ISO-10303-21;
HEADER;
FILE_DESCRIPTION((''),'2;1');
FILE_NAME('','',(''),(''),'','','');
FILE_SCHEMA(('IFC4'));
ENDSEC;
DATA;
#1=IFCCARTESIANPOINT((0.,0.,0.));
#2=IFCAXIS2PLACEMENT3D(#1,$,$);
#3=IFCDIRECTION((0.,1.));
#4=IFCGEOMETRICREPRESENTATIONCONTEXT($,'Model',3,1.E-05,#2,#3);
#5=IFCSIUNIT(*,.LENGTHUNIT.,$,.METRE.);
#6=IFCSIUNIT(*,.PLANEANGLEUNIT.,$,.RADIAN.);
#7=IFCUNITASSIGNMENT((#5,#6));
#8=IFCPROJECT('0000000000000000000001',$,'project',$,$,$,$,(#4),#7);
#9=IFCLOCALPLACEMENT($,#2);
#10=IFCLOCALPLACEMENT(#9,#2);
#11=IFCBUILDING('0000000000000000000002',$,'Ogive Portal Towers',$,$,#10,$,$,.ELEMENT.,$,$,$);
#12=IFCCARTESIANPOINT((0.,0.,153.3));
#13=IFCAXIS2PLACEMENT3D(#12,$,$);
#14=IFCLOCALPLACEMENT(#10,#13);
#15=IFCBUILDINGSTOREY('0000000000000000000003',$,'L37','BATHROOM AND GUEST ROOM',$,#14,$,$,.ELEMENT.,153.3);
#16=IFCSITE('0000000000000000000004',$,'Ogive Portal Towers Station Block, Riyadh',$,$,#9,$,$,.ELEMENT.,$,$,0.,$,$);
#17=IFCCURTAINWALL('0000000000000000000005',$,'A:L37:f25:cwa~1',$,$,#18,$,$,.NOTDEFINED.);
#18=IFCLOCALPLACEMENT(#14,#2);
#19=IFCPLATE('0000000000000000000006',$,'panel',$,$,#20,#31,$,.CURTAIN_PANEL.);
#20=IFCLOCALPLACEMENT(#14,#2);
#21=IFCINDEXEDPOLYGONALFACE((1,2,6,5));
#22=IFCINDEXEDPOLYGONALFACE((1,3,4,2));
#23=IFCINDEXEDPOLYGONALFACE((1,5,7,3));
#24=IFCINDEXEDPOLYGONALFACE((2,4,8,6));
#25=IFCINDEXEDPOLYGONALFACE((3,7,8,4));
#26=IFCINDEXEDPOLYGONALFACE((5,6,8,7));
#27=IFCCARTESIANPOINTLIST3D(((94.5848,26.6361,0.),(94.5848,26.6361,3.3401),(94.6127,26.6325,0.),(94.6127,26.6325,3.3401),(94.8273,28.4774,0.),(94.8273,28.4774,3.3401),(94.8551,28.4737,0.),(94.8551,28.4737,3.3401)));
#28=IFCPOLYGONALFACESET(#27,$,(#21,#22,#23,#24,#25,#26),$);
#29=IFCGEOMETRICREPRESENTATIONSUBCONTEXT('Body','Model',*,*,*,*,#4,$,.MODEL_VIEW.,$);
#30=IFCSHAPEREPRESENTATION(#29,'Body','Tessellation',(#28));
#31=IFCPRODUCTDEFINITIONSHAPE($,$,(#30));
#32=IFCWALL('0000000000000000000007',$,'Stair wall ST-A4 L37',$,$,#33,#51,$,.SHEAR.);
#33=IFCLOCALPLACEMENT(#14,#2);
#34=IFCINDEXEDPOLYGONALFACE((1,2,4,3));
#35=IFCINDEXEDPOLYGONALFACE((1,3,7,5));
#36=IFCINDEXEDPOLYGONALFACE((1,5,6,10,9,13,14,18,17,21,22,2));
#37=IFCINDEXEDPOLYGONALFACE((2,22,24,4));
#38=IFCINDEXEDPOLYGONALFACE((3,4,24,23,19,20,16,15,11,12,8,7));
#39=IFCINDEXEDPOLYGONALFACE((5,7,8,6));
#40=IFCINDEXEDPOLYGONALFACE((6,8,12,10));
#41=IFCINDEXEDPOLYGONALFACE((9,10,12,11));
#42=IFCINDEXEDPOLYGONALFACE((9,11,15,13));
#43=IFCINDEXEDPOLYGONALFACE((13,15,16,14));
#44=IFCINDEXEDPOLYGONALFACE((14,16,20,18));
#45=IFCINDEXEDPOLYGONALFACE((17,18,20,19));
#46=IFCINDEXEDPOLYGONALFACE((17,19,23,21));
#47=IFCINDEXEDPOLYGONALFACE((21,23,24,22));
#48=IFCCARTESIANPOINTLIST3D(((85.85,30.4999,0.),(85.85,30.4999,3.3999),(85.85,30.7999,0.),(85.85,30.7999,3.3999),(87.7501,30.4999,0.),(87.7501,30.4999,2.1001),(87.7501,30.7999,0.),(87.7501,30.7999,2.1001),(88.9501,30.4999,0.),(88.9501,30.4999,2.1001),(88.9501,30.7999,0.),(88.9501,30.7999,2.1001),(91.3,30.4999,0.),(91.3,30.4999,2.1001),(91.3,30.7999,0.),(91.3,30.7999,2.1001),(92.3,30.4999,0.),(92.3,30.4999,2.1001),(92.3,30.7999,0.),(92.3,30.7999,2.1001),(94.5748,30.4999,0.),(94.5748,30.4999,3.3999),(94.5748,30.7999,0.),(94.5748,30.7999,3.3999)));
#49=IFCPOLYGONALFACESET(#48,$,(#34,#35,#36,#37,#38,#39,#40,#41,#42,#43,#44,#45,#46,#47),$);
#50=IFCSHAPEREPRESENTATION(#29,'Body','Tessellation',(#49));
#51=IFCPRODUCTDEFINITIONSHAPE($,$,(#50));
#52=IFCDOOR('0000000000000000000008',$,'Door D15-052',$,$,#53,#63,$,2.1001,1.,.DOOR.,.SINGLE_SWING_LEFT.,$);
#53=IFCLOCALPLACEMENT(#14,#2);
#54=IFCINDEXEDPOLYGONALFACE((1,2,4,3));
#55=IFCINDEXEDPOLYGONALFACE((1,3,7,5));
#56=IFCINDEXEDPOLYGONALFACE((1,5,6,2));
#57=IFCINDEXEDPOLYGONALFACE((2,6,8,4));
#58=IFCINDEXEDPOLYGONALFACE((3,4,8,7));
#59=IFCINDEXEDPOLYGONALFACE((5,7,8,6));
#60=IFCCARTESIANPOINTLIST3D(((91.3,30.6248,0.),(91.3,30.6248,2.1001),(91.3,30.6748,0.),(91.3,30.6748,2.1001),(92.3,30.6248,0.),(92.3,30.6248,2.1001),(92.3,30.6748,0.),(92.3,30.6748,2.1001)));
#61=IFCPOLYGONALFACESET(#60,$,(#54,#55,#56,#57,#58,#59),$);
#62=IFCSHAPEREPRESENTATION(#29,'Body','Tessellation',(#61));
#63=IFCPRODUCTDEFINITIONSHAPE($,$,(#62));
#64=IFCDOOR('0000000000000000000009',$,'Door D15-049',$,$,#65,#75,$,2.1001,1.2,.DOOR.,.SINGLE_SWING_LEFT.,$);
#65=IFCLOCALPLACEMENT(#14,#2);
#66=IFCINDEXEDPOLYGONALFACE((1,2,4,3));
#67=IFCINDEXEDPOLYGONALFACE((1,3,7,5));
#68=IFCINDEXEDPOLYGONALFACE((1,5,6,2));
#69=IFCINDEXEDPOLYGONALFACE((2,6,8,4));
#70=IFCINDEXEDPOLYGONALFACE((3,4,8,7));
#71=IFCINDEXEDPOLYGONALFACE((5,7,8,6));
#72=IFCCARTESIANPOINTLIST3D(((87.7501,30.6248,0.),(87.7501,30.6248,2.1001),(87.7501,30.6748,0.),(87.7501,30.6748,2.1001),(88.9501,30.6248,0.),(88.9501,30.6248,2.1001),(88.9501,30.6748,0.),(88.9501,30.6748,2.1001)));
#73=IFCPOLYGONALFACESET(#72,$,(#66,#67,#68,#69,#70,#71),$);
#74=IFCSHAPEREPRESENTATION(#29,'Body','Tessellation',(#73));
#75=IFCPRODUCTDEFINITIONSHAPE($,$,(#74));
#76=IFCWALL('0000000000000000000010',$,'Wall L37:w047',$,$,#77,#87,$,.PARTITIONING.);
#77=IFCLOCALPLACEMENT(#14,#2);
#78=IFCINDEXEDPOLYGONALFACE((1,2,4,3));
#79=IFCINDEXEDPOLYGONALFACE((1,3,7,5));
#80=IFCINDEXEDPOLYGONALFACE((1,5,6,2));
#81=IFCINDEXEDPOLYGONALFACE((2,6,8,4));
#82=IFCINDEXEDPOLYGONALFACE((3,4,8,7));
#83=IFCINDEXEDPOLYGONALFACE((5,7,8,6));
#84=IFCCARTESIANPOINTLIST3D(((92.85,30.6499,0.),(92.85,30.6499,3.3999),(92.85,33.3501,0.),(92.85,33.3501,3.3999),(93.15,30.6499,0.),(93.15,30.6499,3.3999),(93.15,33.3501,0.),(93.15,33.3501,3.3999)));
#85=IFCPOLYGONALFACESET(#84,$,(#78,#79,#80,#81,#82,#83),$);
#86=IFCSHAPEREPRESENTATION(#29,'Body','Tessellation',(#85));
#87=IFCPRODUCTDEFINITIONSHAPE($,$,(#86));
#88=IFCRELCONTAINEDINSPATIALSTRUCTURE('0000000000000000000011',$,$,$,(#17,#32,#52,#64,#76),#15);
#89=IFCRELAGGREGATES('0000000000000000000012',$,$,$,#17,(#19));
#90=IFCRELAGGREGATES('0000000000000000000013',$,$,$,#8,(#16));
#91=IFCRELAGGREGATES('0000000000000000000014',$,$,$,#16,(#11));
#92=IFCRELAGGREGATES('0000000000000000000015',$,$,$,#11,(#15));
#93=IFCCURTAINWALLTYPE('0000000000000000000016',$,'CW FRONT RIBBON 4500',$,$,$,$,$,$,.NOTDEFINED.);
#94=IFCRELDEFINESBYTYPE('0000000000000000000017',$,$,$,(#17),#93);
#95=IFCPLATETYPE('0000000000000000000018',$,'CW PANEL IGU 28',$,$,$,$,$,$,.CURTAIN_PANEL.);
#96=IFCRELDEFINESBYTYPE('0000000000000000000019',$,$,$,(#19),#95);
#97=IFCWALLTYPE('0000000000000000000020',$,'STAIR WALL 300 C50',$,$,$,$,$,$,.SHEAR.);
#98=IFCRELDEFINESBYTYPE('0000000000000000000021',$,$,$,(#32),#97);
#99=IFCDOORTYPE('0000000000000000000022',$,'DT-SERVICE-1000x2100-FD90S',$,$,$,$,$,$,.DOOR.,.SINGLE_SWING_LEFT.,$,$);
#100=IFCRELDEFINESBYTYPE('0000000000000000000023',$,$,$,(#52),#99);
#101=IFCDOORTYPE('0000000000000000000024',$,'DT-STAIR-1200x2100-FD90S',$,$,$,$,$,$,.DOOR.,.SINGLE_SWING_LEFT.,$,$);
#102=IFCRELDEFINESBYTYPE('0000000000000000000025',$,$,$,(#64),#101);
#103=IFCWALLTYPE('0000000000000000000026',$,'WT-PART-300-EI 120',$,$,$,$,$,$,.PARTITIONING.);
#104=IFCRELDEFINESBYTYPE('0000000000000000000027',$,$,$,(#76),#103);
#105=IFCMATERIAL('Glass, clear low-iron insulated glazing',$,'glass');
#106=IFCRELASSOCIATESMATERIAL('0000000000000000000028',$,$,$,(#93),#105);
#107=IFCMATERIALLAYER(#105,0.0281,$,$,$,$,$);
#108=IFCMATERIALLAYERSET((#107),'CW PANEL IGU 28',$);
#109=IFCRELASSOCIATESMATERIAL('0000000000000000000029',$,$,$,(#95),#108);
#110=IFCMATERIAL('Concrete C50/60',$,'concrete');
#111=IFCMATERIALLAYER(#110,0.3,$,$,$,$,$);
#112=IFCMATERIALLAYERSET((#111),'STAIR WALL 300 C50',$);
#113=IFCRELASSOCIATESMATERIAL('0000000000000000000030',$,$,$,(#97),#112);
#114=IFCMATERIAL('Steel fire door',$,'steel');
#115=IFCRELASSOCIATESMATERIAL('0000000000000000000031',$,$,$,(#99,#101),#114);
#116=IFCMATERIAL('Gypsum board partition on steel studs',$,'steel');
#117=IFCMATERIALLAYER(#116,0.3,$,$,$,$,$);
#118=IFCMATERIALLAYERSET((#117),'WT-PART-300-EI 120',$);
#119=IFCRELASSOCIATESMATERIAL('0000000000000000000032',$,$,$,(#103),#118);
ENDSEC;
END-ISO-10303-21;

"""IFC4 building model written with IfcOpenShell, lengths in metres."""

from ifc_helpers import new_model, si_unit, direction, frame, frame_2d, origin, origin_2d, place, context, subcontext, project, spatial, rectangle, extrude, material, layer, layer_set, type_object, element, fill, aggregate, save


model = new_model("IFC4")

# Units and contexts
model_context = context("Model", 3, precision=1e-05, world=origin(), true_north=direction((0.0, 1.0)))
body_context = subcontext(model_context, "Body", "Model", "MODEL_VIEW")
ifc_project = project(units=[si_unit("LENGTHUNIT", "METRE"), si_unit("PLANEANGLEUNIT", "RADIAN")], contexts=[model_context])

# Site, building, storey
site_placement = place(None, origin())
site = spatial("IfcSite", under=ifc_project, at=site_placement, Name="Ogive Portal Towers Station Block, Riyadh", CompositionType="ELEMENT", RefElevation=0.0)
building_placement = place(site_placement, origin())
building = spatial("IfcBuilding", under=site, at=building_placement, Name="Ogive Portal Towers", CompositionType="ELEMENT")
storey_placement = place(building_placement, frame((0.0, 0.0, 153.3)))
storey = spatial("IfcBuildingStorey", under=building, at=storey_placement, Name="L37", Description="BATHROOM AND GUEST ROOM", CompositionType="ELEMENT", Elevation=153.3)

# Shared definitions
ifc_material_1 = material(Name="Glass, clear low-iron insulated glazing", Category="glass")

# Shared definitions
curtain_wall_type_1 = type_object("IfcCurtainWallType", Name="CW FRONT RIBBON 4500", PredefinedType="NOTDEFINED", material=ifc_material_1)

# Shared definitions
ifc_layer_1 = layer(ifc_material_1, 0.0281)
ifc_layer_set_1 = layer_set([ifc_layer_1], Name="CW PANEL IGU 28")
plate_type = type_object("IfcPlateType", Name="CW PANEL IGU 28", PredefinedType="CURTAIN_PANEL", material=ifc_layer_set_1)

# Curtain wall, plate
curtain_wall_1_placement = place(storey_placement, origin())
curtain_wall_1 = element("IfcCurtainWall", 1, at=curtain_wall_1_placement, inside=storey, type_object=curtain_wall_type_1, Name="A:L37:f25:cwa~1", PredefinedType="NOTDEFINED")
plate_1_placement = place(storey_placement, frame((94.72, 27.5549, 0.0), z_axis=(0.0, 0.0, 1.0), x_axis=(0.130526, 0.991445, 0.0)))
plate_1 = element("IfcPlate", 2, at=plate_1_placement, type_object=plate_type, Name="panel", PredefinedType="CURTAIN_PANEL", context=body_context, shape_type="SweptSolid", body=[
    extrude(rectangle(XDim=1.8572, YDim=0.0281, at=origin_2d()), origin(), (0.0, 0.0, 1.0), 3.3401),
])
aggregate(curtain_wall_1, [plate_1])

# Wall, openings, doors
ifc_material_2 = material(Name="Concrete C50/60", Category="concrete")
ifc_layer_2 = layer(ifc_material_2, 0.3)
ifc_layer_set_2 = layer_set([ifc_layer_2], Name="STAIR WALL 300 C50")
wall_type_1 = type_object("IfcWallType", Name="STAIR WALL 300 C50", PredefinedType="SHEAR", material=ifc_layer_set_2)
wall_1_placement = place(storey_placement, frame((85.8501, 30.6499, 0.0), z_axis=(0.0, 0.0, 1.0), x_axis=(1.0, 0.0, 0.0)))
wall_1 = element("IfcWall", 3, at=wall_1_placement, inside=storey, type_object=wall_type_1, Name="Stair wall ST-A4 L37", PredefinedType="SHEAR", context=body_context, shape_type="SweptSolid", body=[
    extrude(rectangle(XDim=8.7249, YDim=0.3, at=frame_2d((4.3623, 0.0))), origin(), (0.0, 0.0, 1.0), 3.3999),
])
opening_1_placement = place(wall_1_placement, frame((1.8999, 0.0, 0.0)))
opening_1 = element("IfcOpeningElement", 4, at=opening_1_placement, cuts=wall_1, PredefinedType="OPENING", context=body_context, shape_type="SweptSolid", body=[
    extrude(rectangle(XDim=1.2, YDim=2.1001, at=frame_2d((0.6001, 1.05))), frame((0.0, 0.1602, 0.0), z_axis=(0.0, -1.0, 0.0), x_axis=(1.0, 0.0, 0.0)), (0.0, 0.0, 1.0), 0.3201),
])
opening_2_placement = place(wall_1_placement, frame((5.45, 0.0, 0.0)))
opening_2 = element("IfcOpeningElement", 5, at=opening_2_placement, cuts=wall_1, PredefinedType="OPENING", context=body_context, shape_type="SweptSolid", body=[
    extrude(rectangle(XDim=1.0, YDim=2.1001, at=frame_2d((0.5, 1.05))), frame((0.0, 0.1602, 0.0), z_axis=(0.0, -1.0, 0.0), x_axis=(1.0, 0.0, 0.0)), (0.0, 0.0, 1.0), 0.3201),
])
ifc_material_3 = material(Name="Steel fire door", Category="steel")
door_type_1 = type_object("IfcDoorType", Name="DT-SERVICE-1000x2100-FD90S", OperationType="SINGLE_SWING_LEFT", PredefinedType="DOOR", material=ifc_material_3)
door_1_placement = place(opening_2_placement, origin())
door_1 = element("IfcDoor", 6, at=door_1_placement, inside=storey, type_object=door_type_1, Name="Door D15-052", OperationType="SINGLE_SWING_LEFT", OverallHeight=2.1001, OverallWidth=1.0, PredefinedType="DOOR", context=body_context, shape_type="SweptSolid", body=[
    extrude(rectangle(XDim=1.0, YDim=2.1001, at=frame_2d((0.5, 1.05))), frame((0.0, 0.0249, 0.0), z_axis=(0.0, -1.0, 0.0), x_axis=(1.0, 0.0, 0.0)), (0.0, 0.0, 1.0), 0.05),
])
fill(opening_2, door_1)
door_type_2 = type_object("IfcDoorType", Name="DT-STAIR-1200x2100-FD90S", OperationType="SINGLE_SWING_LEFT", PredefinedType="DOOR", material=ifc_material_3)
door_2_placement = place(opening_1_placement, origin())
door_2 = element("IfcDoor", 7, at=door_2_placement, inside=storey, type_object=door_type_2, Name="Door D15-049", OperationType="SINGLE_SWING_LEFT", OverallHeight=2.1001, OverallWidth=1.2, PredefinedType="DOOR", context=body_context, shape_type="SweptSolid", body=[
    extrude(rectangle(XDim=1.2, YDim=2.1001, at=frame_2d((0.6001, 1.05))), frame((0.0, 0.0249, 0.0), z_axis=(0.0, -1.0, 0.0), x_axis=(1.0, 0.0, 0.0)), (0.0, 0.0, 1.0), 0.05),
])
fill(opening_1, door_2)

# Wall
ifc_material_4 = material(Name="Gypsum board partition on steel studs", Category="steel")
ifc_layer_3 = layer(ifc_material_4, 0.3)
ifc_layer_set_3 = layer_set([ifc_layer_3], Name="WT-PART-300-EI 120")
wall_type_2 = type_object("IfcWallType", Name="WT-PART-300-EI 120", PredefinedType="PARTITIONING", material=ifc_layer_set_3)
wall_2_placement = place(storey_placement, frame((93.0, 30.6499, 0.0), z_axis=(0.0, 0.0, 1.0), x_axis=(0.0, 1.0, 0.0)))
element("IfcWall", 8, at=wall_2_placement, inside=storey, type_object=wall_type_2, Name="Wall L37:w047", PredefinedType="PARTITIONING", context=body_context, shape_type="SweptSolid", body=[
    extrude(rectangle(XDim=2.7002, YDim=0.3, at=frame_2d((1.3501, 0.0))), origin(), (0.0, 0.0, 1.0), 3.3999),
])

save(model, "model.ifc")
